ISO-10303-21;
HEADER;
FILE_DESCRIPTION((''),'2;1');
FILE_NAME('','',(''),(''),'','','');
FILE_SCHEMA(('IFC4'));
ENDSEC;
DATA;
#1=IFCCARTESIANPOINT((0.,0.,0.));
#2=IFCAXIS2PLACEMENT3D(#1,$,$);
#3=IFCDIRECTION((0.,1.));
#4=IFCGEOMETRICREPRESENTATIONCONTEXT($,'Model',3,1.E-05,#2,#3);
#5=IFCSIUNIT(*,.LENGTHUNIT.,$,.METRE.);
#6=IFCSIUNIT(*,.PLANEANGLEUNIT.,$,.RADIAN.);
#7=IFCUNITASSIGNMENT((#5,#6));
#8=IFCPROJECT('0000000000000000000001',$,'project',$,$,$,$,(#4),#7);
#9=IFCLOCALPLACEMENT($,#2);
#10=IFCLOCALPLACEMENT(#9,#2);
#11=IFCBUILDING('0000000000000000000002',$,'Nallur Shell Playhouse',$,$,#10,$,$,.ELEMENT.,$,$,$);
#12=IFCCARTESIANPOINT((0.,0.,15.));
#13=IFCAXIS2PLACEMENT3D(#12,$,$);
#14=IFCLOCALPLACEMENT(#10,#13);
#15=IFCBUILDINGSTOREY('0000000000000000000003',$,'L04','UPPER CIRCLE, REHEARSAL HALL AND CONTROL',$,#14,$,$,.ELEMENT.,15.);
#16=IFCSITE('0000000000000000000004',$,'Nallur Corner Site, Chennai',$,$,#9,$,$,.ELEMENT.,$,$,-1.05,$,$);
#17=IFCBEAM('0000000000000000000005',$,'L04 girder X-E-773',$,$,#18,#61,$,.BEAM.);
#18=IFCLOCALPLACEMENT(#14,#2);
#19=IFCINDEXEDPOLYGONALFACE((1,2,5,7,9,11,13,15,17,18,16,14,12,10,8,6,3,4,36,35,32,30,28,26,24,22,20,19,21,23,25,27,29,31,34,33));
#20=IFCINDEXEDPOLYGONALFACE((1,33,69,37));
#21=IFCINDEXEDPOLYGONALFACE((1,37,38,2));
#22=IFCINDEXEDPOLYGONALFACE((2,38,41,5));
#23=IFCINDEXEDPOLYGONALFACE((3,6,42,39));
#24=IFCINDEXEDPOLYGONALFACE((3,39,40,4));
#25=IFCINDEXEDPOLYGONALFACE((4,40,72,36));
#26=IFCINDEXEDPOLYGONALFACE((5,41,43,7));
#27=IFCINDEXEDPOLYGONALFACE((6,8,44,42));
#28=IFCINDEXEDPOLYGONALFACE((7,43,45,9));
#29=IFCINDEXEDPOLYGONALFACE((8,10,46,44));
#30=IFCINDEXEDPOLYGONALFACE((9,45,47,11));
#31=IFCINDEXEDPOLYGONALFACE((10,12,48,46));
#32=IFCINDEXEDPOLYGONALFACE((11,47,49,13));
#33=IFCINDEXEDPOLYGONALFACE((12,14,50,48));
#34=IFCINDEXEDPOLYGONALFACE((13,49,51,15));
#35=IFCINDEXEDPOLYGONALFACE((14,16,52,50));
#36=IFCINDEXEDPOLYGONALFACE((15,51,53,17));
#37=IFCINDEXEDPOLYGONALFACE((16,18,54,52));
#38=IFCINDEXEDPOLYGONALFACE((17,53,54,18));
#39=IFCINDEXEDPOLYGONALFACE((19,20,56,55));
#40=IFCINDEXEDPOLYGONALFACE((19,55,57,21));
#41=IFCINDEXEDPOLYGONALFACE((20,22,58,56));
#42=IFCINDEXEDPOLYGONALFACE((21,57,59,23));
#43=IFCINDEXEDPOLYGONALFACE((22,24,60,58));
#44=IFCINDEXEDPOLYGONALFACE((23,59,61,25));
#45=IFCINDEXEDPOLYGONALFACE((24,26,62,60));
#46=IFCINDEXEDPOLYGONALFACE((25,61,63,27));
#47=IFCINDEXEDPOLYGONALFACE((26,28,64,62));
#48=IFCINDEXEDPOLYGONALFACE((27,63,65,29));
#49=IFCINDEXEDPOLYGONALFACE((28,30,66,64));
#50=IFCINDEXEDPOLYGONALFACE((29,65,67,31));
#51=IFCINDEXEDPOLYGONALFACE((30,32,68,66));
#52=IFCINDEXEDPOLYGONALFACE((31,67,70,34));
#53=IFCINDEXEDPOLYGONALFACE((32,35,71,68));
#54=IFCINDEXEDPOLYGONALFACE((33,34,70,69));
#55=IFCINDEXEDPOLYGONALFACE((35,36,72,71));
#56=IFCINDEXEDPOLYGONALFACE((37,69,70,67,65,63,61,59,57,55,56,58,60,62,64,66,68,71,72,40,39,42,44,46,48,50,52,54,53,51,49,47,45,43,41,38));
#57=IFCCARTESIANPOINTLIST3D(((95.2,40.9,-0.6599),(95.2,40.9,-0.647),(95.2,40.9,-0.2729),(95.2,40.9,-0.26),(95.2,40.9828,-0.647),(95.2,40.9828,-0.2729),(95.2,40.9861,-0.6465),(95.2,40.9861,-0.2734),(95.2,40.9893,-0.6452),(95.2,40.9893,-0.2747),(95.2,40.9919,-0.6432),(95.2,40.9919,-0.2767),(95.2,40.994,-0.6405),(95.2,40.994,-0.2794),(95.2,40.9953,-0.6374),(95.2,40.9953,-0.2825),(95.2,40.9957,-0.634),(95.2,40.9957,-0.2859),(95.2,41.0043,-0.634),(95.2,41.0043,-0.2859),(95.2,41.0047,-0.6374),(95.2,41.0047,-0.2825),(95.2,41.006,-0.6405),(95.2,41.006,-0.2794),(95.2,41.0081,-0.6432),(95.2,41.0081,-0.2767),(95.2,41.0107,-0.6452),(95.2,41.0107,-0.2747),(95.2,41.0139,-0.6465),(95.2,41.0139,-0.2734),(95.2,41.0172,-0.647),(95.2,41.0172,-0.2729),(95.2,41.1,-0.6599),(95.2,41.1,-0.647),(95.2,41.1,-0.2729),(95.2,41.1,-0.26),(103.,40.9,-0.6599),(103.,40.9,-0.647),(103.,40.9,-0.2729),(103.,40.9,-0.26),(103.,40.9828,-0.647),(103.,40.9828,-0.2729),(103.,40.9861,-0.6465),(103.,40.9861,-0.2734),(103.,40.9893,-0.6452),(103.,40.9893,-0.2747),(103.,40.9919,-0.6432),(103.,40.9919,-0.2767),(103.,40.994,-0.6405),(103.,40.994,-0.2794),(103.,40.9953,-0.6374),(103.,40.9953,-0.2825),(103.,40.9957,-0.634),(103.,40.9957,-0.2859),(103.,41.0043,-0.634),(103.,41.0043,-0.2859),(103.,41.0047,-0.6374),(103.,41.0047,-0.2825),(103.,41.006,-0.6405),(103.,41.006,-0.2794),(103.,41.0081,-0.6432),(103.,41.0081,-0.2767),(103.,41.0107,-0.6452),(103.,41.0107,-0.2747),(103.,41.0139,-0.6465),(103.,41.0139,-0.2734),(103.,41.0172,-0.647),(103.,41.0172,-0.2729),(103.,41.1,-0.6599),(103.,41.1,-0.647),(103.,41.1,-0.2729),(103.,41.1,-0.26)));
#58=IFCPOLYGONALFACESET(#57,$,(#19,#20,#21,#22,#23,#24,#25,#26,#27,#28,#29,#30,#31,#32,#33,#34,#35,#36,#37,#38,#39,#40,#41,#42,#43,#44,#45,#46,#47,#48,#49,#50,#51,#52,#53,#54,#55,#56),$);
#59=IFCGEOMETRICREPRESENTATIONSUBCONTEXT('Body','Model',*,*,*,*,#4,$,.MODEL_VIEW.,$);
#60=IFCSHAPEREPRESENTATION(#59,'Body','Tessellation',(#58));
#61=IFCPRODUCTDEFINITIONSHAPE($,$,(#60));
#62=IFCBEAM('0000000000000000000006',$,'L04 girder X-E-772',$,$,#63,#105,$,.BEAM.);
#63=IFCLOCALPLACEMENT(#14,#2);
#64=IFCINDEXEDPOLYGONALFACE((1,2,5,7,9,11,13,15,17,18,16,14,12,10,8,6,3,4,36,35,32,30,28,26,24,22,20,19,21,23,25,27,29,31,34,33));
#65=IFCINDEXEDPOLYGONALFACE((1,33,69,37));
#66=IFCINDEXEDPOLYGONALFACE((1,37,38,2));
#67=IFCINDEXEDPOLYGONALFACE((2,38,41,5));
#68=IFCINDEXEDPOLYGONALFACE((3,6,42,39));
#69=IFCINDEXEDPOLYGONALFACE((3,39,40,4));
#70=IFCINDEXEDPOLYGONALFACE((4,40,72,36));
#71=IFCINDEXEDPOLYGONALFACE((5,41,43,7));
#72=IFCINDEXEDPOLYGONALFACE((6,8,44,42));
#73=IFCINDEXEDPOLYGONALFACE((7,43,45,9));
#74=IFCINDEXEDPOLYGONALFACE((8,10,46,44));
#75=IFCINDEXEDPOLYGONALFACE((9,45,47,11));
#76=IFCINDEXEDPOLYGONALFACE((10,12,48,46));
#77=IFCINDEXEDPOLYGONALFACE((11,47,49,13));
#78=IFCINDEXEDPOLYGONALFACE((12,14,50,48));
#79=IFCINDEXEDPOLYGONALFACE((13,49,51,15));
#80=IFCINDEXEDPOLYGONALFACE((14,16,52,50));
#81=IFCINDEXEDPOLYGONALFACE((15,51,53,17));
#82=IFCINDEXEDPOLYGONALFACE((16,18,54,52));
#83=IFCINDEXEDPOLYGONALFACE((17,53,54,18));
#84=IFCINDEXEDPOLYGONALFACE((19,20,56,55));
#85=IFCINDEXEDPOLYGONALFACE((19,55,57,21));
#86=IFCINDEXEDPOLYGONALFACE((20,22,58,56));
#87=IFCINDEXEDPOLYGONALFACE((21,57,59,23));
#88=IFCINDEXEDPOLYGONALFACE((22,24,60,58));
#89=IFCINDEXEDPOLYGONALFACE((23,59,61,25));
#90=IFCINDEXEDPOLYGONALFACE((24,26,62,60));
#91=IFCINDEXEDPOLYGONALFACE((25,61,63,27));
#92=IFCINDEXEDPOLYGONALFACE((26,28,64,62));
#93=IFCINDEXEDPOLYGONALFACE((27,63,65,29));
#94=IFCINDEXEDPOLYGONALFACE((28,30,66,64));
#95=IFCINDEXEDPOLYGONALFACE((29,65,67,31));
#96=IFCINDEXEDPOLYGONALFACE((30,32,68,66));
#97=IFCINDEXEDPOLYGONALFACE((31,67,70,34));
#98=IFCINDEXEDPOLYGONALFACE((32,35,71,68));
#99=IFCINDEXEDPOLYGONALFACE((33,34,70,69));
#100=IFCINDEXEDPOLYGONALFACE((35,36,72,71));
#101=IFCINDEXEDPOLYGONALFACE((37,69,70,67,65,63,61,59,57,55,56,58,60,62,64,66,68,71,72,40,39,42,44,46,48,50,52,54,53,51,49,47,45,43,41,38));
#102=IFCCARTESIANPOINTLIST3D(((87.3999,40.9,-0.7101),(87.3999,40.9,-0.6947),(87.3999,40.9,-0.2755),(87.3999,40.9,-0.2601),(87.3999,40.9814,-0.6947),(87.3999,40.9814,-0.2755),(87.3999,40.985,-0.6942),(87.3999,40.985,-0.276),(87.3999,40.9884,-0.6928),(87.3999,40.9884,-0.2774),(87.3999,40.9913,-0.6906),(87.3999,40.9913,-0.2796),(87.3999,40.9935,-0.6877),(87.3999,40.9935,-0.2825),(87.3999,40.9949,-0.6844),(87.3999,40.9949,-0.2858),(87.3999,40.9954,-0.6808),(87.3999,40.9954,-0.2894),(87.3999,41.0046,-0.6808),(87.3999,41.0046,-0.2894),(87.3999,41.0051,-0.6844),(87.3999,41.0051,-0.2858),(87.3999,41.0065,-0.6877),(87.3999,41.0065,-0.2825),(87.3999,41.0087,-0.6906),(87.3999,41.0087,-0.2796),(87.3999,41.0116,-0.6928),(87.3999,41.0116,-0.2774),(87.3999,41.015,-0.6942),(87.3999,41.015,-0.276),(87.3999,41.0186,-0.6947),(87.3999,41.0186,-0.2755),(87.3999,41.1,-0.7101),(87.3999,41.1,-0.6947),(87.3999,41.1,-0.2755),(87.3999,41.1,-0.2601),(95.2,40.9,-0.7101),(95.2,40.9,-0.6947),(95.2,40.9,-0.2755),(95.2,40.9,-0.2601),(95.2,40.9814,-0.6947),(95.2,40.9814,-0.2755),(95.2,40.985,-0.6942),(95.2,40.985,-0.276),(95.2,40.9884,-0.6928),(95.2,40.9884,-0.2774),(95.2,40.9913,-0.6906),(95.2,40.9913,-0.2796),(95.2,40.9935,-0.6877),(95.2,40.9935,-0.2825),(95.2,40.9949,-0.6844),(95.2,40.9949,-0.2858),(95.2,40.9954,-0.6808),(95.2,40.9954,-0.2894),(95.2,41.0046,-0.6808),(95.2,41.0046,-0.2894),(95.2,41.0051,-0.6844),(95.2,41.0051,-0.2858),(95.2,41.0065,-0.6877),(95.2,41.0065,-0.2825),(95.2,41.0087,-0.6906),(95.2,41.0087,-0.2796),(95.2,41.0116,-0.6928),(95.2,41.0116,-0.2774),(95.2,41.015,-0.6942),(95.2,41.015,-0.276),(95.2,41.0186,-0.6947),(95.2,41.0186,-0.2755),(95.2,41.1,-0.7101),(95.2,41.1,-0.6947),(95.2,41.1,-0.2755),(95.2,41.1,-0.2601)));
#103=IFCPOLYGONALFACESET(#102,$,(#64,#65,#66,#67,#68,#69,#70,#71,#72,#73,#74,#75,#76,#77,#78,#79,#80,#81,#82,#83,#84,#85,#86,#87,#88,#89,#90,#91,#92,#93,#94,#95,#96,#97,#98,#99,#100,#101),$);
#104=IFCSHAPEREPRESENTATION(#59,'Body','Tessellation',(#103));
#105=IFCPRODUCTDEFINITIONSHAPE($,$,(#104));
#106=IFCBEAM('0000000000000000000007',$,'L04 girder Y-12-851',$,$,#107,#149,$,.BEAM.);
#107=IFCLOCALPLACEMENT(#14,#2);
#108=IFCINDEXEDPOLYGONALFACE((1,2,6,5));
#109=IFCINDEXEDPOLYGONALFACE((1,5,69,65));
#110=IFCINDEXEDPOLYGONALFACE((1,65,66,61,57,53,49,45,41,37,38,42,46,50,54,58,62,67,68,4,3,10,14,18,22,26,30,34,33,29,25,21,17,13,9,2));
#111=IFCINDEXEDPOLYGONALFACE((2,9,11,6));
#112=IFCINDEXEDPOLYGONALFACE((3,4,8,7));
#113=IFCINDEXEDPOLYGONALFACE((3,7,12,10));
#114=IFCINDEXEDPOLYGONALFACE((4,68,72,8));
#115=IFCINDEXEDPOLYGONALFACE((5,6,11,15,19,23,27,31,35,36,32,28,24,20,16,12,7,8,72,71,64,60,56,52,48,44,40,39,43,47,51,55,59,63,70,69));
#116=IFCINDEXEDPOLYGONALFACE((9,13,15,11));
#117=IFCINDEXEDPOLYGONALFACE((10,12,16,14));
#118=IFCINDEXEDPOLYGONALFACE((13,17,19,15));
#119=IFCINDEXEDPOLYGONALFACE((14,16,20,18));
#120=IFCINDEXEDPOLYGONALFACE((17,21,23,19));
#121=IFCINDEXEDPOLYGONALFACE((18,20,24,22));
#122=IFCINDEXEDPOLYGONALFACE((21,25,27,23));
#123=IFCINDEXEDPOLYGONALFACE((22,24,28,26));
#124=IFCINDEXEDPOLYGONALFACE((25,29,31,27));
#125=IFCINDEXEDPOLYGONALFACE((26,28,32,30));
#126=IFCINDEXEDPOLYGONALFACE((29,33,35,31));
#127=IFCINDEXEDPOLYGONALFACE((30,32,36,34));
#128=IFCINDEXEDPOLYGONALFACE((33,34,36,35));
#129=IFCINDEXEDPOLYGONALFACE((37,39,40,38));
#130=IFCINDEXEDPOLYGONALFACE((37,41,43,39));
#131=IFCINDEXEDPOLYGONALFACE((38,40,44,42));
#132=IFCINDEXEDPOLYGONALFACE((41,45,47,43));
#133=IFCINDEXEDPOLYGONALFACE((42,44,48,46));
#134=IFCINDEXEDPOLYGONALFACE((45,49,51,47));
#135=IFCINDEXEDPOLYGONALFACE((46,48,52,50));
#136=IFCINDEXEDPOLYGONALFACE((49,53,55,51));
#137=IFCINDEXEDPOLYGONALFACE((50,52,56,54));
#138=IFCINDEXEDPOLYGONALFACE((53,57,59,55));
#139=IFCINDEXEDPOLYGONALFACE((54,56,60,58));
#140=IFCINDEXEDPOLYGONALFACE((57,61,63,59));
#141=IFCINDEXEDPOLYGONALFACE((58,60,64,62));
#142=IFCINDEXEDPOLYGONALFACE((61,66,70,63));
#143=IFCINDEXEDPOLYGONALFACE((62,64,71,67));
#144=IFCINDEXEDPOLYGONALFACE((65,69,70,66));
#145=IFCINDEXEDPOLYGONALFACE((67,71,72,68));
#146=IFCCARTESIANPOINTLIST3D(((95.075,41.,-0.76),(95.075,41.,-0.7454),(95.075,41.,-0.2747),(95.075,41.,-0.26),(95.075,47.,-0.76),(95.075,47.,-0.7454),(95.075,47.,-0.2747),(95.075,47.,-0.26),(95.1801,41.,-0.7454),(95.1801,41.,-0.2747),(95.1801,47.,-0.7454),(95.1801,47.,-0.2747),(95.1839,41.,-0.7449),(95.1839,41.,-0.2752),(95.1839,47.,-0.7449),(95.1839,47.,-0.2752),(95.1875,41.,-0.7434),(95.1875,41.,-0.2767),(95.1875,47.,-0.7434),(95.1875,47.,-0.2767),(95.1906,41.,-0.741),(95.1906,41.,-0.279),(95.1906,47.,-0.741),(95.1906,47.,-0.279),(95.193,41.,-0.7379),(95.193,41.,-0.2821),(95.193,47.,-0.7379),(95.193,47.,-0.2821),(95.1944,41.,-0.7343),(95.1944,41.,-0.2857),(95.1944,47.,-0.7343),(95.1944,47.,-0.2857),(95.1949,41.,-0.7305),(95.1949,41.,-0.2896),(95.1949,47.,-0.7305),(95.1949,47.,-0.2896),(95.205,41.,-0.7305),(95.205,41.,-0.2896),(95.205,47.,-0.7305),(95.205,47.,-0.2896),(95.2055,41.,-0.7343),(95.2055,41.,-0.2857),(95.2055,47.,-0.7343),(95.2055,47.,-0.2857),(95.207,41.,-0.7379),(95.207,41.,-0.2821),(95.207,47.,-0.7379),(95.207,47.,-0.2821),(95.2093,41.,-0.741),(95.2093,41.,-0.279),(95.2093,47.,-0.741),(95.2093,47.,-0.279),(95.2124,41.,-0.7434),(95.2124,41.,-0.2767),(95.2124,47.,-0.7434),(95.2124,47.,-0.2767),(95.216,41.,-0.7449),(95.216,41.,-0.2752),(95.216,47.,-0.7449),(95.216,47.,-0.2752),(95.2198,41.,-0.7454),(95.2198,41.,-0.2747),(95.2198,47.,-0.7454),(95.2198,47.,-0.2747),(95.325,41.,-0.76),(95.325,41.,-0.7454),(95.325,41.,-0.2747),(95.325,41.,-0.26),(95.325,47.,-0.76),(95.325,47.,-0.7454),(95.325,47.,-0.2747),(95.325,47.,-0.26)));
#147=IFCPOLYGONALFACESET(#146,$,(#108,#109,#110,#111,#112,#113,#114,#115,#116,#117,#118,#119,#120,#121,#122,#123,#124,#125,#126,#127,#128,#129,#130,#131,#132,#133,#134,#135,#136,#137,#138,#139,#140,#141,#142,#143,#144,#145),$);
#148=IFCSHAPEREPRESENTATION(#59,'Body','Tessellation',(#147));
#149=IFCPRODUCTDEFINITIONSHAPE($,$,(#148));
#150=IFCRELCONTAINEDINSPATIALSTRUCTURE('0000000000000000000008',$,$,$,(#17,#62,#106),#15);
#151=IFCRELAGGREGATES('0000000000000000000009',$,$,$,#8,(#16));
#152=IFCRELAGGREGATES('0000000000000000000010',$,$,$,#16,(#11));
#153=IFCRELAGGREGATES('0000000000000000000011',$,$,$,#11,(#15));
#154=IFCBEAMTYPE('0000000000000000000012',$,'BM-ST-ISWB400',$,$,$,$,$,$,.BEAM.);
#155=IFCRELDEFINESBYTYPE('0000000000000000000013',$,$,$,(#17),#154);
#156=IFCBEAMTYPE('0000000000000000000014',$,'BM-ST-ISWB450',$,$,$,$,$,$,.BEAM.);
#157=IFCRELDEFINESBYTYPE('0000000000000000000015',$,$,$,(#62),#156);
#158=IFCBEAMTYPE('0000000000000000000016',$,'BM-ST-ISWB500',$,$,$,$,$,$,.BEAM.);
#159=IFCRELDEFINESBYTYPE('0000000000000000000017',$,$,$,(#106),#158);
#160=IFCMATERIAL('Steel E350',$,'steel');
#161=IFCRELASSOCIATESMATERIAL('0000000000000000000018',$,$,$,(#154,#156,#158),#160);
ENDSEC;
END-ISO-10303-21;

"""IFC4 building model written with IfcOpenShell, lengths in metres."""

from ifc_helpers import new_model, si_unit, direction, frame, origin, origin_2d, place, context, subcontext, project, spatial, i_section, extrude, material, material_profile, profile_set, type_object, element, save


model = new_model("IFC4")

# Units and contexts
model_context = context("Model", 3, precision=1e-05, world=origin(), true_north=direction((0.0, 1.0)))
body_context = subcontext(model_context, "Body", "Model", "MODEL_VIEW")
ifc_project = project(units=[si_unit("LENGTHUNIT", "METRE"), si_unit("PLANEANGLEUNIT", "RADIAN")], contexts=[model_context])

# Site, building, storey
site_placement = place(None, origin())
site = spatial("IfcSite", under=ifc_project, at=site_placement, Name="Nallur Corner Site, Chennai", CompositionType="ELEMENT", RefElevation=-1.05)
building_placement = place(site_placement, origin())
building = spatial("IfcBuilding", under=site, at=building_placement, Name="Nallur Shell Playhouse", CompositionType="ELEMENT")
storey_placement = place(building_placement, frame((0.0, 0.0, 15.0)))
storey = spatial("IfcBuildingStorey", under=building, at=storey_placement, Name="L04", Description="UPPER CIRCLE, REHEARSAL HALL AND CONTROL", CompositionType="ELEMENT", Elevation=15.0)

# Shared definitions
ifc_material_1 = material(Name="Steel E350", Category="steel")

# Beams
ifc_material_profile_1 = material_profile(ifc_material_1, i_section(OverallWidth=0.2, OverallDepth=0.3999, WebThickness=0.0085, FlangeThickness=0.0129, FilletRadius=0.0129, at=origin_2d()), Name="ISWB 400")
ifc_profile_set_1 = profile_set([ifc_material_profile_1], Name="Steel E350")
beam_type_1 = type_object("IfcBeamType", Name="BM-ST-ISWB400", PredefinedType="BEAM", material=ifc_profile_set_1)
beam_1_placement = place(storey_placement, frame((95.2, 41.0, -0.46), z_axis=(1.0, 0.0, 0.0), x_axis=(0.0, 1.0, 0.0)))
element("IfcBeam", 1, at=beam_1_placement, inside=storey, type_object=beam_type_1, Name="L04 girder X-E-773", PredefinedType="BEAM", context=body_context, shape_type="SweptSolid", body=[
    extrude(i_section(OverallWidth=0.2, OverallDepth=0.3999, WebThickness=0.0085, FlangeThickness=0.0129, FilletRadius=0.0129, at=origin_2d()), origin(), (0.0, 0.0, 1.0), 7.8),
])
ifc_material_profile_2 = material_profile(ifc_material_1, i_section(OverallWidth=0.2, OverallDepth=0.45, WebThickness=0.0093, FlangeThickness=0.0154, FilletRadius=0.0139, at=origin_2d()), Name="ISWB 450")
ifc_profile_set_2 = profile_set([ifc_material_profile_2], Name="Steel E350")
beam_type_2 = type_object("IfcBeamType", Name="BM-ST-ISWB450", PredefinedType="BEAM", material=ifc_profile_set_2)
beam_2_placement = place(storey_placement, frame((87.3999, 41.0, -0.4851), z_axis=(1.0, 0.0, 0.0), x_axis=(0.0, 1.0, 0.0)))
element("IfcBeam", 2, at=beam_2_placement, inside=storey, type_object=beam_type_2, Name="L04 girder X-E-772", PredefinedType="BEAM", context=body_context, shape_type="SweptSolid", body=[
    extrude(i_section(OverallWidth=0.2, OverallDepth=0.45, WebThickness=0.0093, FlangeThickness=0.0154, FilletRadius=0.0139, at=origin_2d()), origin(), (0.0, 0.0, 1.0), 7.8),
])
ifc_material_profile_3 = material_profile(ifc_material_1, i_section(OverallWidth=0.25, OverallDepth=0.5, WebThickness=0.01, FlangeThickness=0.0146, FilletRadius=0.0149, at=origin_2d()), Name="ISWB 500")
ifc_profile_set_3 = profile_set([ifc_material_profile_3], Name="Steel E350")
beam_type_3 = type_object("IfcBeamType", Name="BM-ST-ISWB500", PredefinedType="BEAM", material=ifc_profile_set_3)
beam_3_placement = place(storey_placement, frame((95.2, 41.0, -0.51), z_axis=(0.0, 1.0, 0.0), x_axis=(-1.0, 0.0, 0.0)))
element("IfcBeam", 3, at=beam_3_placement, inside=storey, type_object=beam_type_3, Name="L04 girder Y-12-851", PredefinedType="BEAM", context=body_context, shape_type="SweptSolid", body=[
    extrude(i_section(OverallWidth=0.25, OverallDepth=0.5, WebThickness=0.01, FlangeThickness=0.0146, FilletRadius=0.0149, at=origin_2d()), origin(), (0.0, 0.0, 1.0), 6.0),
])

save(model, "model.ifc")
